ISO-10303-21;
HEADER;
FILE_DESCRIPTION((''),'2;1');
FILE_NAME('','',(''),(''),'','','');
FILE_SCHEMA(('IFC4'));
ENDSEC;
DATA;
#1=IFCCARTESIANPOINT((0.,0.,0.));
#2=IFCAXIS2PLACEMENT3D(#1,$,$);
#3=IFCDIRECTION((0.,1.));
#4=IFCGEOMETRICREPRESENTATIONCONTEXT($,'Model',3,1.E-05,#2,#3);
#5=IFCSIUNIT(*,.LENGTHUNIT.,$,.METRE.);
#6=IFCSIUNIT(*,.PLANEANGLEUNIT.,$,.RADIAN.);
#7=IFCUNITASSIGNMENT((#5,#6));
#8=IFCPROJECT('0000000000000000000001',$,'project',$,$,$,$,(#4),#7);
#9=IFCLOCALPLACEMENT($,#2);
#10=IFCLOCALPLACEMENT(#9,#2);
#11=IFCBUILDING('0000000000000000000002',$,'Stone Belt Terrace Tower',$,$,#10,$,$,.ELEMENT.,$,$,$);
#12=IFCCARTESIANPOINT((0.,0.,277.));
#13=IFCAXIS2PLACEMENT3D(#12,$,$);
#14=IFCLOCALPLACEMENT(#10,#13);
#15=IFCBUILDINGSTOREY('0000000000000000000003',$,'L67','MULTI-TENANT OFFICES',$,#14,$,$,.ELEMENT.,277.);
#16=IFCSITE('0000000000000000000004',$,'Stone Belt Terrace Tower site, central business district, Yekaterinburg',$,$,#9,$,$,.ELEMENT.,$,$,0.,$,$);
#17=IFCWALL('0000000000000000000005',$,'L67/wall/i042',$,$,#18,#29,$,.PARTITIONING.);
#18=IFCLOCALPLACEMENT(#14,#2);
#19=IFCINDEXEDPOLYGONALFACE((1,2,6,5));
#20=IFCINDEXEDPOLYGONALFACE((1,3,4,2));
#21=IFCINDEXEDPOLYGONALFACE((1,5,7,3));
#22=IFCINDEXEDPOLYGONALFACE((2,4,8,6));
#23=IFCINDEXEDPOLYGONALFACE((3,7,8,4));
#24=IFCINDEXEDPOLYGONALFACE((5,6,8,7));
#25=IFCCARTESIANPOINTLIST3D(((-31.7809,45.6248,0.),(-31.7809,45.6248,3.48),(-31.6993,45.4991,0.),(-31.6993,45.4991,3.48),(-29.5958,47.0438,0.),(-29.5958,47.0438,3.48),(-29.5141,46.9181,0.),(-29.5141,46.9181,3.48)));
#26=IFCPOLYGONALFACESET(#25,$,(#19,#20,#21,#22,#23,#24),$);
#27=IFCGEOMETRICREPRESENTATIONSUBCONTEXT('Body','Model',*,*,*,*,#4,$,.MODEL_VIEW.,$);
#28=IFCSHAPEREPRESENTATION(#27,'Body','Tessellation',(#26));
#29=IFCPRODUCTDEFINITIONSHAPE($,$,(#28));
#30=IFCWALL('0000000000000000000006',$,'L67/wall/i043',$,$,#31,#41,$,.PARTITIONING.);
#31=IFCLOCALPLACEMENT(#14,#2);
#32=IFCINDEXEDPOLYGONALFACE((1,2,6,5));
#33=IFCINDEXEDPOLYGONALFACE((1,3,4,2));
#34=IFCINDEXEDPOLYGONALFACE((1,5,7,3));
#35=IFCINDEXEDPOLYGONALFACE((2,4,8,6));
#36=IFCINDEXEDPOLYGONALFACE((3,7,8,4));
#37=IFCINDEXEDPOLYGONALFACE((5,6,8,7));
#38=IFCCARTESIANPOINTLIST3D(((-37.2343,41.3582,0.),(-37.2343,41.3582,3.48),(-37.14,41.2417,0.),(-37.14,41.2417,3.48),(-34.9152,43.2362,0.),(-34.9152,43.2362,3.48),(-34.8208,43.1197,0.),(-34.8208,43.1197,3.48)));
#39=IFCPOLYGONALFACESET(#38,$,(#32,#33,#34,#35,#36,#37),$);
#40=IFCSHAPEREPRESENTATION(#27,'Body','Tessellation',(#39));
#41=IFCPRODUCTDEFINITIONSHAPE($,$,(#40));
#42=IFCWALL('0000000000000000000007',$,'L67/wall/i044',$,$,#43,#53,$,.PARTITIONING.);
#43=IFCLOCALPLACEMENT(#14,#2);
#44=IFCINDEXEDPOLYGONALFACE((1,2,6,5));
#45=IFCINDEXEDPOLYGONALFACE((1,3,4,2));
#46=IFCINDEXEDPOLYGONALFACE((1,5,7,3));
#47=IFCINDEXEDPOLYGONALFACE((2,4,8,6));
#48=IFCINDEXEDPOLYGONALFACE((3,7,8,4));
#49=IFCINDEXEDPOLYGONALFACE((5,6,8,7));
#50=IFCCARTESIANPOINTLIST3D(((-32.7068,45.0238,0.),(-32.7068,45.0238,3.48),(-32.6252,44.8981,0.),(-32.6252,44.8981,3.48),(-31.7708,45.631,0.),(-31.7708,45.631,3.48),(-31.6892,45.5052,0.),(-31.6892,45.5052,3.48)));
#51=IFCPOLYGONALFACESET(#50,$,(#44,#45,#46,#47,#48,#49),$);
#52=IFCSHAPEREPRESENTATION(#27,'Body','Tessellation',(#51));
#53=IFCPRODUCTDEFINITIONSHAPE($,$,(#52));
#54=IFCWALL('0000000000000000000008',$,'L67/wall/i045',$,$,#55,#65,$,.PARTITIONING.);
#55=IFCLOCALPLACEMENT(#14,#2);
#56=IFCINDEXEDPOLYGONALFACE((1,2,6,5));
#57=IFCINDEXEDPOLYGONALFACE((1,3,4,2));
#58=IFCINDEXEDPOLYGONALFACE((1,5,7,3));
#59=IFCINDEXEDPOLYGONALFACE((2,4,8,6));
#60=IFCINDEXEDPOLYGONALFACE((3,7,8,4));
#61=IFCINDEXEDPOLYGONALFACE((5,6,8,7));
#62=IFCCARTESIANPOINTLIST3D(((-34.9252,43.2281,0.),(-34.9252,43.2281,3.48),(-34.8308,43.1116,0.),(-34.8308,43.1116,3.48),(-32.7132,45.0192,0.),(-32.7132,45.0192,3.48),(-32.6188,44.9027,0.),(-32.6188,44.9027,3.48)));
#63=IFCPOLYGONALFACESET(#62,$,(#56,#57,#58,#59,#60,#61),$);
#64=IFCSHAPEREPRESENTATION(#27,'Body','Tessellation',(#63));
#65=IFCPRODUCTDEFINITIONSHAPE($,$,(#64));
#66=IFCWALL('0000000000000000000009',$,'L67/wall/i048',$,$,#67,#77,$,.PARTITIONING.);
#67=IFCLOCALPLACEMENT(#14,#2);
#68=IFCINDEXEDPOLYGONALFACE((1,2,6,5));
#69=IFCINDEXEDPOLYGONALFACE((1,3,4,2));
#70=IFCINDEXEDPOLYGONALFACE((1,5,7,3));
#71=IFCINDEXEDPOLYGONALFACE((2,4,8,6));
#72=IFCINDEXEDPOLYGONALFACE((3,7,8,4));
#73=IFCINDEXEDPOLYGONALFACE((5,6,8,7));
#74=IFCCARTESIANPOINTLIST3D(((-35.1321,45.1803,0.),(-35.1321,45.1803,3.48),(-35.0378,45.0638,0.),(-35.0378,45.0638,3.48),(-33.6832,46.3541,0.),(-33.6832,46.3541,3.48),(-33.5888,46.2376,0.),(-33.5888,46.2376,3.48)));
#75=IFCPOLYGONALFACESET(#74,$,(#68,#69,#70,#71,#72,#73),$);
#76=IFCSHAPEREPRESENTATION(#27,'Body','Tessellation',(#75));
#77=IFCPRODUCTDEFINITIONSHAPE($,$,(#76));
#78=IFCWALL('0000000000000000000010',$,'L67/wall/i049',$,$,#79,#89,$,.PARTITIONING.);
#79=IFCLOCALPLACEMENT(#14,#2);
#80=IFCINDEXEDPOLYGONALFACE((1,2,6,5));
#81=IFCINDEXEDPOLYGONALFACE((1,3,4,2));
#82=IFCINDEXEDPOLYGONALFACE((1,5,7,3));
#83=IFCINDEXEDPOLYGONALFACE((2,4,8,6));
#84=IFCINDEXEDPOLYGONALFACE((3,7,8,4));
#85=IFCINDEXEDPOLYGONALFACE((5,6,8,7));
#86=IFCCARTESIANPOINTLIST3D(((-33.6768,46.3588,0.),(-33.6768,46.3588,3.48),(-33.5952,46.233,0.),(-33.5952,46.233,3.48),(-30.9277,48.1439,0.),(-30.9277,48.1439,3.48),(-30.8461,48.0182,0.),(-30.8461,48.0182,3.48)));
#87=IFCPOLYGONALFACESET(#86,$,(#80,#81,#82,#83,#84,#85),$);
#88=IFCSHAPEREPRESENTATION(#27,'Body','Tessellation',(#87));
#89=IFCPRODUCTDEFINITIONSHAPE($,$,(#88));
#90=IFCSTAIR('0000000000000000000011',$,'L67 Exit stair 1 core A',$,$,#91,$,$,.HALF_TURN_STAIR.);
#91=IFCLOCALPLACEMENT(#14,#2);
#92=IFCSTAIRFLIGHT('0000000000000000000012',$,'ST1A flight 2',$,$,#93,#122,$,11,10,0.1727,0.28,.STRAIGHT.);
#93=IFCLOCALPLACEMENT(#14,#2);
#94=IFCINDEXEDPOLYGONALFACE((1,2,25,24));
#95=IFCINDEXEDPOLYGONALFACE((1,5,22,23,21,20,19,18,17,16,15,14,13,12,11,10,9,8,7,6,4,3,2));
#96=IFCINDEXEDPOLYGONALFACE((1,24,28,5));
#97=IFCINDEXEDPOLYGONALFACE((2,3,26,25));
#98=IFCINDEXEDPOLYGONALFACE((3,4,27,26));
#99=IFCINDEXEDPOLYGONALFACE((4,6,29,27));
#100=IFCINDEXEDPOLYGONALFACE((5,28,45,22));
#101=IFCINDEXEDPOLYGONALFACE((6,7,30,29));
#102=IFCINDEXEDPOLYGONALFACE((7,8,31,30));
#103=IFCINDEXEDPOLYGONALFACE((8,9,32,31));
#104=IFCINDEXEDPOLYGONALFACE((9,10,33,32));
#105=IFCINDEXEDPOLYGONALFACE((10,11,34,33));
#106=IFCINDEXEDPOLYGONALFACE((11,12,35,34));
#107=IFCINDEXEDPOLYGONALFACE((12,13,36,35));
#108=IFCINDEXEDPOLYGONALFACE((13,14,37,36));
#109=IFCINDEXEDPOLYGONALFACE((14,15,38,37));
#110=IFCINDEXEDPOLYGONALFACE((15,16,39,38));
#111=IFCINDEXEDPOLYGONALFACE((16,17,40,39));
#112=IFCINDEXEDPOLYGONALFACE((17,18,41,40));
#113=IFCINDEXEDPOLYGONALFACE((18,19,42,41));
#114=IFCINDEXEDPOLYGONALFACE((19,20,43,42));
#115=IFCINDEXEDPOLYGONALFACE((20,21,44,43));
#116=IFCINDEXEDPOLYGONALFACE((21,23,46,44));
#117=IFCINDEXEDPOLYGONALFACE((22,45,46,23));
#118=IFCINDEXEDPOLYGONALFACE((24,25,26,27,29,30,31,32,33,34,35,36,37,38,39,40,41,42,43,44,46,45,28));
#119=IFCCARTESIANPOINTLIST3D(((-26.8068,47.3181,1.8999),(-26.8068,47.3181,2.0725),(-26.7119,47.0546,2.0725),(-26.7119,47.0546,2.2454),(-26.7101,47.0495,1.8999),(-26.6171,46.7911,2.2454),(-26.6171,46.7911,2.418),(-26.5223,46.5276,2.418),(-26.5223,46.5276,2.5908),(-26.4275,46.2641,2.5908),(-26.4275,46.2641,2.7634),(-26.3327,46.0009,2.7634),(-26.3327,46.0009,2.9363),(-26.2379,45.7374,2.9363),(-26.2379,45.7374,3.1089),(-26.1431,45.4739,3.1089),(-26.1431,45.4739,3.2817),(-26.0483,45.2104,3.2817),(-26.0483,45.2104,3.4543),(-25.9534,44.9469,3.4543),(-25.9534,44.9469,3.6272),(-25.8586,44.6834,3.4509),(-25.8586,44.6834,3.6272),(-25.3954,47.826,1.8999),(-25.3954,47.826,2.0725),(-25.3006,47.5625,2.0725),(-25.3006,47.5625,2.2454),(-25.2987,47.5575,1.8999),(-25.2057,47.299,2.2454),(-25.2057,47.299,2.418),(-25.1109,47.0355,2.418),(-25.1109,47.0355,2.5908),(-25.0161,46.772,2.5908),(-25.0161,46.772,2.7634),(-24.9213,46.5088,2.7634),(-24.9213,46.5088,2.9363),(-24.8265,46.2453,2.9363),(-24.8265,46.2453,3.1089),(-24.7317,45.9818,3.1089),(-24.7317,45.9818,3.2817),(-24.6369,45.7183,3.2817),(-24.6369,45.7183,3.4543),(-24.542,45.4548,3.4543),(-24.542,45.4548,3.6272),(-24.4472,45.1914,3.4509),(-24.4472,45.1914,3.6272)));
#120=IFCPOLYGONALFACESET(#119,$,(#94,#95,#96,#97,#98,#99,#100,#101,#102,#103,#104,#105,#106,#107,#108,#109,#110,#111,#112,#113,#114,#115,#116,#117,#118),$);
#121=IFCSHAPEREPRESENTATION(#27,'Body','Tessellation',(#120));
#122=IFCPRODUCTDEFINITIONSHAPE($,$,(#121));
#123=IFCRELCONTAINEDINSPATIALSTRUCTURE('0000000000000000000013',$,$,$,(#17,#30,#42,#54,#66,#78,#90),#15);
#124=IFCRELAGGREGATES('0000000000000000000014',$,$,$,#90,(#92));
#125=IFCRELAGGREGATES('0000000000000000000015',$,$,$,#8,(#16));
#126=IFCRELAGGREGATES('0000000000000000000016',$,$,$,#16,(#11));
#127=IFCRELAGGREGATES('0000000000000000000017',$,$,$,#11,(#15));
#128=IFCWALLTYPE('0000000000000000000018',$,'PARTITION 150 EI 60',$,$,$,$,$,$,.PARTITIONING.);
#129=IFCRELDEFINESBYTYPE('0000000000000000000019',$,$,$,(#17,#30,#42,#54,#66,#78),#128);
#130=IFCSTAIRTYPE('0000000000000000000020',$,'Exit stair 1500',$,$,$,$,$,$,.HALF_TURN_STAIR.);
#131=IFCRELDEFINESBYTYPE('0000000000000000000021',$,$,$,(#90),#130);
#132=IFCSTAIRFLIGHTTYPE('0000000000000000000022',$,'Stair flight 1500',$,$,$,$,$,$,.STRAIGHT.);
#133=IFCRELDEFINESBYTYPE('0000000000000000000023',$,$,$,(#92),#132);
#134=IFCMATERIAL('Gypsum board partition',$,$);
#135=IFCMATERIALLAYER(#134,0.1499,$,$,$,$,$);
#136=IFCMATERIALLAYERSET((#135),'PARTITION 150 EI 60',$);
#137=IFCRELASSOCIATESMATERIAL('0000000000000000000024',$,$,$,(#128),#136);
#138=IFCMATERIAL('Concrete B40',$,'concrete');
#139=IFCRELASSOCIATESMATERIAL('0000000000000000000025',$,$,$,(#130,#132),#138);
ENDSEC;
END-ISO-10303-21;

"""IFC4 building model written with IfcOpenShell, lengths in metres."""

from ifc_helpers import new_model, si_unit, direction, frame, frame_2d, origin, place, context, subcontext, project, spatial, polyline, rectangle, outline, extrude, material, layer, layer_set, type_object, element, aggregate, save


model = new_model("IFC4")

# Units and contexts
model_context = context("Model", 3, precision=1e-05, world=origin(), true_north=direction((0.0, 1.0)))
body_context = subcontext(model_context, "Body", "Model", "MODEL_VIEW")
ifc_project = project(units=[si_unit("LENGTHUNIT", "METRE"), si_unit("PLANEANGLEUNIT", "RADIAN")], contexts=[model_context])

# Site, building, storey
site_placement = place(None, origin())
site = spatial("IfcSite", under=ifc_project, at=site_placement, Name="Stone Belt Terrace Tower site, central business district, Yekaterinburg", CompositionType="ELEMENT", RefElevation=0.0)
building_placement = place(site_placement, origin())
building = spatial("IfcBuilding", under=site, at=building_placement, Name="Stone Belt Terrace Tower", CompositionType="ELEMENT")
storey_placement = place(building_placement, frame((0.0, 0.0, 277.0)))
storey = spatial("IfcBuildingStorey", under=building, at=storey_placement, Name="L67", Description="MULTI-TENANT OFFICES", CompositionType="ELEMENT", Elevation=277.0)

# Walls
ifc_material_1 = material(Name="Gypsum board partition")
ifc_layer_1 = layer(ifc_material_1, 0.1499)
ifc_layer_set_1 = layer_set([ifc_layer_1], Name="PARTITION 150 EI 60")
wall_type_1 = type_object("IfcWallType", Name="PARTITION 150 EI 60", PredefinedType="PARTITIONING", material=ifc_layer_set_1)
wall_1_placement = place(storey_placement, frame((-29.5549, 46.981, 0.0), z_axis=(0.0, 0.0, 1.0), x_axis=(-0.838679, -0.544626, 0.0)))
element("IfcWall", 1, at=wall_1_placement, inside=storey, type_object=wall_type_1, Name="L67/wall/i042", PredefinedType="PARTITIONING", context=body_context, shape_type="SweptSolid", body=[
    extrude(rectangle(XDim=2.6055, YDim=0.1499, at=frame_2d((1.3027, 0.0))), origin(), (0.0, 0.0, 1.0), 3.48),
])
wall_2_placement = place(storey_placement, frame((-34.8679, 43.178, 0.0), z_axis=(0.0, 0.0, 1.0), x_axis=(-0.777152, -0.629314, 0.0)))
element("IfcWall", 2, at=wall_2_placement, inside=storey, type_object=wall_type_1, Name="L67/wall/i043", PredefinedType="PARTITIONING", context=body_context, shape_type="SweptSolid", body=[
    extrude(rectangle(XDim=2.9841, YDim=0.1499, at=frame_2d((1.4922, 0.0))), origin(), (0.0, 0.0, 1.0), 3.48),
])
wall_3_placement = place(storey_placement, frame((-31.73, 45.5681, 0.0), z_axis=(0.0, 0.0, 1.0), x_axis=(-0.838953, -0.544204, 0.0)))
element("IfcWall", 3, at=wall_3_placement, inside=storey, type_object=wall_type_1, Name="L67/wall/i044", PredefinedType="PARTITIONING", context=body_context, shape_type="SweptSolid", body=[
    extrude(rectangle(XDim=1.1157, YDim=0.1499, at=frame_2d((0.5579, 0.0))), origin(), (0.0, 0.0, 1.0), 3.48),
])
wall_4_placement = place(storey_placement, frame((-32.666, 44.9609, 0.0), z_axis=(0.0, 0.0, 1.0), x_axis=(-0.777173, -0.629287, 0.0)))
element("IfcWall", 4, at=wall_4_placement, inside=storey, type_object=wall_type_1, Name="L67/wall/i045", PredefinedType="PARTITIONING", context=body_context, shape_type="SweptSolid", body=[
    extrude(rectangle(XDim=2.8462, YDim=0.1499, at=frame_2d((1.4231, 0.0))), origin(), (0.0, 0.0, 1.0), 3.48),
])
wall_5_placement = place(storey_placement, frame((-35.085, 45.1221, 0.0), z_axis=(0.0, 0.0, 1.0), x_axis=(0.777022, 0.629473, 0.0)))
element("IfcWall", 5, at=wall_5_placement, inside=storey, type_object=wall_type_1, Name="L67/wall/i048", PredefinedType="PARTITIONING", context=body_context, shape_type="SweptSolid", body=[
    extrude(rectangle(XDim=1.8647, YDim=0.1499, at=frame_2d((0.9324, 0.0))), origin(), (0.0, 0.0, 1.0), 3.48),
])
wall_6_placement = place(storey_placement, frame((-33.636, 46.2959, 0.0), z_axis=(0.0, 0.0, 1.0), x_axis=(0.838682, 0.544622, 0.0)))
element("IfcWall", 6, at=wall_6_placement, inside=storey, type_object=wall_type_1, Name="L67/wall/i049", PredefinedType="PARTITIONING", context=body_context, shape_type="SweptSolid", body=[
    extrude(rectangle(XDim=3.2778, YDim=0.1499, at=frame_2d((1.6389, 0.0))), origin(), (0.0, 0.0, 1.0), 3.48),
])

# Stair, stair flight
ifc_material_2 = material(Name="Concrete B40", Category="concrete")
stair_type = type_object("IfcStairType", Name="Exit stair 1500", PredefinedType="HALF_TURN_STAIR", material=ifc_material_2)
stair_placement = place(storey_placement, origin())
stair = element("IfcStair", 7, at=stair_placement, inside=storey, type_object=stair_type, Name="L67 Exit stair 1 core A", PredefinedType="HALF_TURN_STAIR")
stair_flight_type = type_object("IfcStairFlightType", Name="Stair flight 1500", PredefinedType="STRAIGHT", material=ifc_material_2)
stair_flight_placement = place(storey_placement, frame((-26.1011, 47.572, 1.8999), z_axis=(0.0, 0.0, 1.0), x_axis=(0.338624, -0.940922, 0.0)))
stair_flight = element("IfcStairFlight", 8, at=stair_flight_placement, type_object=stair_flight_type, Name="ST1A flight 2", NumberOfRisers=11, NumberOfTreads=10, PredefinedType="STRAIGHT", RiserHeight=0.1727, TreadLength=0.28, context=body_context, shape_type="SweptSolid", body=[
    extrude(outline(polyline([(0.0, 0.0), (0.0, 0.1726), (0.28, 0.1726), (0.28, 0.3455), (0.5601, 0.3455), (0.5601, 0.5181), (0.8401, 0.5181), (0.8401, 0.6909), (1.1201, 0.6909), (1.1201, 0.8635), (1.3999, 0.8635), (1.3999, 1.0364), (1.6799, 1.0364), (1.6799, 1.209), (1.96, 1.209), (1.96, 1.3818), (2.24, 1.3818), (2.24, 1.5544), (2.52, 1.5544), (2.52, 1.7273), (2.8, 1.7273), (2.8, 1.8999), (2.8, 1.551), (0.2854, 0.0), (0.0, 0.0)])), frame((0.0, 0.75, 0.0), z_axis=(0.0, -1.0, 0.0), x_axis=(1.0, 0.0, 0.0)), (0.0, 0.0, 1.0), 1.5),
])
aggregate(stair, [stair_flight])

save(model, "model.ifc")
